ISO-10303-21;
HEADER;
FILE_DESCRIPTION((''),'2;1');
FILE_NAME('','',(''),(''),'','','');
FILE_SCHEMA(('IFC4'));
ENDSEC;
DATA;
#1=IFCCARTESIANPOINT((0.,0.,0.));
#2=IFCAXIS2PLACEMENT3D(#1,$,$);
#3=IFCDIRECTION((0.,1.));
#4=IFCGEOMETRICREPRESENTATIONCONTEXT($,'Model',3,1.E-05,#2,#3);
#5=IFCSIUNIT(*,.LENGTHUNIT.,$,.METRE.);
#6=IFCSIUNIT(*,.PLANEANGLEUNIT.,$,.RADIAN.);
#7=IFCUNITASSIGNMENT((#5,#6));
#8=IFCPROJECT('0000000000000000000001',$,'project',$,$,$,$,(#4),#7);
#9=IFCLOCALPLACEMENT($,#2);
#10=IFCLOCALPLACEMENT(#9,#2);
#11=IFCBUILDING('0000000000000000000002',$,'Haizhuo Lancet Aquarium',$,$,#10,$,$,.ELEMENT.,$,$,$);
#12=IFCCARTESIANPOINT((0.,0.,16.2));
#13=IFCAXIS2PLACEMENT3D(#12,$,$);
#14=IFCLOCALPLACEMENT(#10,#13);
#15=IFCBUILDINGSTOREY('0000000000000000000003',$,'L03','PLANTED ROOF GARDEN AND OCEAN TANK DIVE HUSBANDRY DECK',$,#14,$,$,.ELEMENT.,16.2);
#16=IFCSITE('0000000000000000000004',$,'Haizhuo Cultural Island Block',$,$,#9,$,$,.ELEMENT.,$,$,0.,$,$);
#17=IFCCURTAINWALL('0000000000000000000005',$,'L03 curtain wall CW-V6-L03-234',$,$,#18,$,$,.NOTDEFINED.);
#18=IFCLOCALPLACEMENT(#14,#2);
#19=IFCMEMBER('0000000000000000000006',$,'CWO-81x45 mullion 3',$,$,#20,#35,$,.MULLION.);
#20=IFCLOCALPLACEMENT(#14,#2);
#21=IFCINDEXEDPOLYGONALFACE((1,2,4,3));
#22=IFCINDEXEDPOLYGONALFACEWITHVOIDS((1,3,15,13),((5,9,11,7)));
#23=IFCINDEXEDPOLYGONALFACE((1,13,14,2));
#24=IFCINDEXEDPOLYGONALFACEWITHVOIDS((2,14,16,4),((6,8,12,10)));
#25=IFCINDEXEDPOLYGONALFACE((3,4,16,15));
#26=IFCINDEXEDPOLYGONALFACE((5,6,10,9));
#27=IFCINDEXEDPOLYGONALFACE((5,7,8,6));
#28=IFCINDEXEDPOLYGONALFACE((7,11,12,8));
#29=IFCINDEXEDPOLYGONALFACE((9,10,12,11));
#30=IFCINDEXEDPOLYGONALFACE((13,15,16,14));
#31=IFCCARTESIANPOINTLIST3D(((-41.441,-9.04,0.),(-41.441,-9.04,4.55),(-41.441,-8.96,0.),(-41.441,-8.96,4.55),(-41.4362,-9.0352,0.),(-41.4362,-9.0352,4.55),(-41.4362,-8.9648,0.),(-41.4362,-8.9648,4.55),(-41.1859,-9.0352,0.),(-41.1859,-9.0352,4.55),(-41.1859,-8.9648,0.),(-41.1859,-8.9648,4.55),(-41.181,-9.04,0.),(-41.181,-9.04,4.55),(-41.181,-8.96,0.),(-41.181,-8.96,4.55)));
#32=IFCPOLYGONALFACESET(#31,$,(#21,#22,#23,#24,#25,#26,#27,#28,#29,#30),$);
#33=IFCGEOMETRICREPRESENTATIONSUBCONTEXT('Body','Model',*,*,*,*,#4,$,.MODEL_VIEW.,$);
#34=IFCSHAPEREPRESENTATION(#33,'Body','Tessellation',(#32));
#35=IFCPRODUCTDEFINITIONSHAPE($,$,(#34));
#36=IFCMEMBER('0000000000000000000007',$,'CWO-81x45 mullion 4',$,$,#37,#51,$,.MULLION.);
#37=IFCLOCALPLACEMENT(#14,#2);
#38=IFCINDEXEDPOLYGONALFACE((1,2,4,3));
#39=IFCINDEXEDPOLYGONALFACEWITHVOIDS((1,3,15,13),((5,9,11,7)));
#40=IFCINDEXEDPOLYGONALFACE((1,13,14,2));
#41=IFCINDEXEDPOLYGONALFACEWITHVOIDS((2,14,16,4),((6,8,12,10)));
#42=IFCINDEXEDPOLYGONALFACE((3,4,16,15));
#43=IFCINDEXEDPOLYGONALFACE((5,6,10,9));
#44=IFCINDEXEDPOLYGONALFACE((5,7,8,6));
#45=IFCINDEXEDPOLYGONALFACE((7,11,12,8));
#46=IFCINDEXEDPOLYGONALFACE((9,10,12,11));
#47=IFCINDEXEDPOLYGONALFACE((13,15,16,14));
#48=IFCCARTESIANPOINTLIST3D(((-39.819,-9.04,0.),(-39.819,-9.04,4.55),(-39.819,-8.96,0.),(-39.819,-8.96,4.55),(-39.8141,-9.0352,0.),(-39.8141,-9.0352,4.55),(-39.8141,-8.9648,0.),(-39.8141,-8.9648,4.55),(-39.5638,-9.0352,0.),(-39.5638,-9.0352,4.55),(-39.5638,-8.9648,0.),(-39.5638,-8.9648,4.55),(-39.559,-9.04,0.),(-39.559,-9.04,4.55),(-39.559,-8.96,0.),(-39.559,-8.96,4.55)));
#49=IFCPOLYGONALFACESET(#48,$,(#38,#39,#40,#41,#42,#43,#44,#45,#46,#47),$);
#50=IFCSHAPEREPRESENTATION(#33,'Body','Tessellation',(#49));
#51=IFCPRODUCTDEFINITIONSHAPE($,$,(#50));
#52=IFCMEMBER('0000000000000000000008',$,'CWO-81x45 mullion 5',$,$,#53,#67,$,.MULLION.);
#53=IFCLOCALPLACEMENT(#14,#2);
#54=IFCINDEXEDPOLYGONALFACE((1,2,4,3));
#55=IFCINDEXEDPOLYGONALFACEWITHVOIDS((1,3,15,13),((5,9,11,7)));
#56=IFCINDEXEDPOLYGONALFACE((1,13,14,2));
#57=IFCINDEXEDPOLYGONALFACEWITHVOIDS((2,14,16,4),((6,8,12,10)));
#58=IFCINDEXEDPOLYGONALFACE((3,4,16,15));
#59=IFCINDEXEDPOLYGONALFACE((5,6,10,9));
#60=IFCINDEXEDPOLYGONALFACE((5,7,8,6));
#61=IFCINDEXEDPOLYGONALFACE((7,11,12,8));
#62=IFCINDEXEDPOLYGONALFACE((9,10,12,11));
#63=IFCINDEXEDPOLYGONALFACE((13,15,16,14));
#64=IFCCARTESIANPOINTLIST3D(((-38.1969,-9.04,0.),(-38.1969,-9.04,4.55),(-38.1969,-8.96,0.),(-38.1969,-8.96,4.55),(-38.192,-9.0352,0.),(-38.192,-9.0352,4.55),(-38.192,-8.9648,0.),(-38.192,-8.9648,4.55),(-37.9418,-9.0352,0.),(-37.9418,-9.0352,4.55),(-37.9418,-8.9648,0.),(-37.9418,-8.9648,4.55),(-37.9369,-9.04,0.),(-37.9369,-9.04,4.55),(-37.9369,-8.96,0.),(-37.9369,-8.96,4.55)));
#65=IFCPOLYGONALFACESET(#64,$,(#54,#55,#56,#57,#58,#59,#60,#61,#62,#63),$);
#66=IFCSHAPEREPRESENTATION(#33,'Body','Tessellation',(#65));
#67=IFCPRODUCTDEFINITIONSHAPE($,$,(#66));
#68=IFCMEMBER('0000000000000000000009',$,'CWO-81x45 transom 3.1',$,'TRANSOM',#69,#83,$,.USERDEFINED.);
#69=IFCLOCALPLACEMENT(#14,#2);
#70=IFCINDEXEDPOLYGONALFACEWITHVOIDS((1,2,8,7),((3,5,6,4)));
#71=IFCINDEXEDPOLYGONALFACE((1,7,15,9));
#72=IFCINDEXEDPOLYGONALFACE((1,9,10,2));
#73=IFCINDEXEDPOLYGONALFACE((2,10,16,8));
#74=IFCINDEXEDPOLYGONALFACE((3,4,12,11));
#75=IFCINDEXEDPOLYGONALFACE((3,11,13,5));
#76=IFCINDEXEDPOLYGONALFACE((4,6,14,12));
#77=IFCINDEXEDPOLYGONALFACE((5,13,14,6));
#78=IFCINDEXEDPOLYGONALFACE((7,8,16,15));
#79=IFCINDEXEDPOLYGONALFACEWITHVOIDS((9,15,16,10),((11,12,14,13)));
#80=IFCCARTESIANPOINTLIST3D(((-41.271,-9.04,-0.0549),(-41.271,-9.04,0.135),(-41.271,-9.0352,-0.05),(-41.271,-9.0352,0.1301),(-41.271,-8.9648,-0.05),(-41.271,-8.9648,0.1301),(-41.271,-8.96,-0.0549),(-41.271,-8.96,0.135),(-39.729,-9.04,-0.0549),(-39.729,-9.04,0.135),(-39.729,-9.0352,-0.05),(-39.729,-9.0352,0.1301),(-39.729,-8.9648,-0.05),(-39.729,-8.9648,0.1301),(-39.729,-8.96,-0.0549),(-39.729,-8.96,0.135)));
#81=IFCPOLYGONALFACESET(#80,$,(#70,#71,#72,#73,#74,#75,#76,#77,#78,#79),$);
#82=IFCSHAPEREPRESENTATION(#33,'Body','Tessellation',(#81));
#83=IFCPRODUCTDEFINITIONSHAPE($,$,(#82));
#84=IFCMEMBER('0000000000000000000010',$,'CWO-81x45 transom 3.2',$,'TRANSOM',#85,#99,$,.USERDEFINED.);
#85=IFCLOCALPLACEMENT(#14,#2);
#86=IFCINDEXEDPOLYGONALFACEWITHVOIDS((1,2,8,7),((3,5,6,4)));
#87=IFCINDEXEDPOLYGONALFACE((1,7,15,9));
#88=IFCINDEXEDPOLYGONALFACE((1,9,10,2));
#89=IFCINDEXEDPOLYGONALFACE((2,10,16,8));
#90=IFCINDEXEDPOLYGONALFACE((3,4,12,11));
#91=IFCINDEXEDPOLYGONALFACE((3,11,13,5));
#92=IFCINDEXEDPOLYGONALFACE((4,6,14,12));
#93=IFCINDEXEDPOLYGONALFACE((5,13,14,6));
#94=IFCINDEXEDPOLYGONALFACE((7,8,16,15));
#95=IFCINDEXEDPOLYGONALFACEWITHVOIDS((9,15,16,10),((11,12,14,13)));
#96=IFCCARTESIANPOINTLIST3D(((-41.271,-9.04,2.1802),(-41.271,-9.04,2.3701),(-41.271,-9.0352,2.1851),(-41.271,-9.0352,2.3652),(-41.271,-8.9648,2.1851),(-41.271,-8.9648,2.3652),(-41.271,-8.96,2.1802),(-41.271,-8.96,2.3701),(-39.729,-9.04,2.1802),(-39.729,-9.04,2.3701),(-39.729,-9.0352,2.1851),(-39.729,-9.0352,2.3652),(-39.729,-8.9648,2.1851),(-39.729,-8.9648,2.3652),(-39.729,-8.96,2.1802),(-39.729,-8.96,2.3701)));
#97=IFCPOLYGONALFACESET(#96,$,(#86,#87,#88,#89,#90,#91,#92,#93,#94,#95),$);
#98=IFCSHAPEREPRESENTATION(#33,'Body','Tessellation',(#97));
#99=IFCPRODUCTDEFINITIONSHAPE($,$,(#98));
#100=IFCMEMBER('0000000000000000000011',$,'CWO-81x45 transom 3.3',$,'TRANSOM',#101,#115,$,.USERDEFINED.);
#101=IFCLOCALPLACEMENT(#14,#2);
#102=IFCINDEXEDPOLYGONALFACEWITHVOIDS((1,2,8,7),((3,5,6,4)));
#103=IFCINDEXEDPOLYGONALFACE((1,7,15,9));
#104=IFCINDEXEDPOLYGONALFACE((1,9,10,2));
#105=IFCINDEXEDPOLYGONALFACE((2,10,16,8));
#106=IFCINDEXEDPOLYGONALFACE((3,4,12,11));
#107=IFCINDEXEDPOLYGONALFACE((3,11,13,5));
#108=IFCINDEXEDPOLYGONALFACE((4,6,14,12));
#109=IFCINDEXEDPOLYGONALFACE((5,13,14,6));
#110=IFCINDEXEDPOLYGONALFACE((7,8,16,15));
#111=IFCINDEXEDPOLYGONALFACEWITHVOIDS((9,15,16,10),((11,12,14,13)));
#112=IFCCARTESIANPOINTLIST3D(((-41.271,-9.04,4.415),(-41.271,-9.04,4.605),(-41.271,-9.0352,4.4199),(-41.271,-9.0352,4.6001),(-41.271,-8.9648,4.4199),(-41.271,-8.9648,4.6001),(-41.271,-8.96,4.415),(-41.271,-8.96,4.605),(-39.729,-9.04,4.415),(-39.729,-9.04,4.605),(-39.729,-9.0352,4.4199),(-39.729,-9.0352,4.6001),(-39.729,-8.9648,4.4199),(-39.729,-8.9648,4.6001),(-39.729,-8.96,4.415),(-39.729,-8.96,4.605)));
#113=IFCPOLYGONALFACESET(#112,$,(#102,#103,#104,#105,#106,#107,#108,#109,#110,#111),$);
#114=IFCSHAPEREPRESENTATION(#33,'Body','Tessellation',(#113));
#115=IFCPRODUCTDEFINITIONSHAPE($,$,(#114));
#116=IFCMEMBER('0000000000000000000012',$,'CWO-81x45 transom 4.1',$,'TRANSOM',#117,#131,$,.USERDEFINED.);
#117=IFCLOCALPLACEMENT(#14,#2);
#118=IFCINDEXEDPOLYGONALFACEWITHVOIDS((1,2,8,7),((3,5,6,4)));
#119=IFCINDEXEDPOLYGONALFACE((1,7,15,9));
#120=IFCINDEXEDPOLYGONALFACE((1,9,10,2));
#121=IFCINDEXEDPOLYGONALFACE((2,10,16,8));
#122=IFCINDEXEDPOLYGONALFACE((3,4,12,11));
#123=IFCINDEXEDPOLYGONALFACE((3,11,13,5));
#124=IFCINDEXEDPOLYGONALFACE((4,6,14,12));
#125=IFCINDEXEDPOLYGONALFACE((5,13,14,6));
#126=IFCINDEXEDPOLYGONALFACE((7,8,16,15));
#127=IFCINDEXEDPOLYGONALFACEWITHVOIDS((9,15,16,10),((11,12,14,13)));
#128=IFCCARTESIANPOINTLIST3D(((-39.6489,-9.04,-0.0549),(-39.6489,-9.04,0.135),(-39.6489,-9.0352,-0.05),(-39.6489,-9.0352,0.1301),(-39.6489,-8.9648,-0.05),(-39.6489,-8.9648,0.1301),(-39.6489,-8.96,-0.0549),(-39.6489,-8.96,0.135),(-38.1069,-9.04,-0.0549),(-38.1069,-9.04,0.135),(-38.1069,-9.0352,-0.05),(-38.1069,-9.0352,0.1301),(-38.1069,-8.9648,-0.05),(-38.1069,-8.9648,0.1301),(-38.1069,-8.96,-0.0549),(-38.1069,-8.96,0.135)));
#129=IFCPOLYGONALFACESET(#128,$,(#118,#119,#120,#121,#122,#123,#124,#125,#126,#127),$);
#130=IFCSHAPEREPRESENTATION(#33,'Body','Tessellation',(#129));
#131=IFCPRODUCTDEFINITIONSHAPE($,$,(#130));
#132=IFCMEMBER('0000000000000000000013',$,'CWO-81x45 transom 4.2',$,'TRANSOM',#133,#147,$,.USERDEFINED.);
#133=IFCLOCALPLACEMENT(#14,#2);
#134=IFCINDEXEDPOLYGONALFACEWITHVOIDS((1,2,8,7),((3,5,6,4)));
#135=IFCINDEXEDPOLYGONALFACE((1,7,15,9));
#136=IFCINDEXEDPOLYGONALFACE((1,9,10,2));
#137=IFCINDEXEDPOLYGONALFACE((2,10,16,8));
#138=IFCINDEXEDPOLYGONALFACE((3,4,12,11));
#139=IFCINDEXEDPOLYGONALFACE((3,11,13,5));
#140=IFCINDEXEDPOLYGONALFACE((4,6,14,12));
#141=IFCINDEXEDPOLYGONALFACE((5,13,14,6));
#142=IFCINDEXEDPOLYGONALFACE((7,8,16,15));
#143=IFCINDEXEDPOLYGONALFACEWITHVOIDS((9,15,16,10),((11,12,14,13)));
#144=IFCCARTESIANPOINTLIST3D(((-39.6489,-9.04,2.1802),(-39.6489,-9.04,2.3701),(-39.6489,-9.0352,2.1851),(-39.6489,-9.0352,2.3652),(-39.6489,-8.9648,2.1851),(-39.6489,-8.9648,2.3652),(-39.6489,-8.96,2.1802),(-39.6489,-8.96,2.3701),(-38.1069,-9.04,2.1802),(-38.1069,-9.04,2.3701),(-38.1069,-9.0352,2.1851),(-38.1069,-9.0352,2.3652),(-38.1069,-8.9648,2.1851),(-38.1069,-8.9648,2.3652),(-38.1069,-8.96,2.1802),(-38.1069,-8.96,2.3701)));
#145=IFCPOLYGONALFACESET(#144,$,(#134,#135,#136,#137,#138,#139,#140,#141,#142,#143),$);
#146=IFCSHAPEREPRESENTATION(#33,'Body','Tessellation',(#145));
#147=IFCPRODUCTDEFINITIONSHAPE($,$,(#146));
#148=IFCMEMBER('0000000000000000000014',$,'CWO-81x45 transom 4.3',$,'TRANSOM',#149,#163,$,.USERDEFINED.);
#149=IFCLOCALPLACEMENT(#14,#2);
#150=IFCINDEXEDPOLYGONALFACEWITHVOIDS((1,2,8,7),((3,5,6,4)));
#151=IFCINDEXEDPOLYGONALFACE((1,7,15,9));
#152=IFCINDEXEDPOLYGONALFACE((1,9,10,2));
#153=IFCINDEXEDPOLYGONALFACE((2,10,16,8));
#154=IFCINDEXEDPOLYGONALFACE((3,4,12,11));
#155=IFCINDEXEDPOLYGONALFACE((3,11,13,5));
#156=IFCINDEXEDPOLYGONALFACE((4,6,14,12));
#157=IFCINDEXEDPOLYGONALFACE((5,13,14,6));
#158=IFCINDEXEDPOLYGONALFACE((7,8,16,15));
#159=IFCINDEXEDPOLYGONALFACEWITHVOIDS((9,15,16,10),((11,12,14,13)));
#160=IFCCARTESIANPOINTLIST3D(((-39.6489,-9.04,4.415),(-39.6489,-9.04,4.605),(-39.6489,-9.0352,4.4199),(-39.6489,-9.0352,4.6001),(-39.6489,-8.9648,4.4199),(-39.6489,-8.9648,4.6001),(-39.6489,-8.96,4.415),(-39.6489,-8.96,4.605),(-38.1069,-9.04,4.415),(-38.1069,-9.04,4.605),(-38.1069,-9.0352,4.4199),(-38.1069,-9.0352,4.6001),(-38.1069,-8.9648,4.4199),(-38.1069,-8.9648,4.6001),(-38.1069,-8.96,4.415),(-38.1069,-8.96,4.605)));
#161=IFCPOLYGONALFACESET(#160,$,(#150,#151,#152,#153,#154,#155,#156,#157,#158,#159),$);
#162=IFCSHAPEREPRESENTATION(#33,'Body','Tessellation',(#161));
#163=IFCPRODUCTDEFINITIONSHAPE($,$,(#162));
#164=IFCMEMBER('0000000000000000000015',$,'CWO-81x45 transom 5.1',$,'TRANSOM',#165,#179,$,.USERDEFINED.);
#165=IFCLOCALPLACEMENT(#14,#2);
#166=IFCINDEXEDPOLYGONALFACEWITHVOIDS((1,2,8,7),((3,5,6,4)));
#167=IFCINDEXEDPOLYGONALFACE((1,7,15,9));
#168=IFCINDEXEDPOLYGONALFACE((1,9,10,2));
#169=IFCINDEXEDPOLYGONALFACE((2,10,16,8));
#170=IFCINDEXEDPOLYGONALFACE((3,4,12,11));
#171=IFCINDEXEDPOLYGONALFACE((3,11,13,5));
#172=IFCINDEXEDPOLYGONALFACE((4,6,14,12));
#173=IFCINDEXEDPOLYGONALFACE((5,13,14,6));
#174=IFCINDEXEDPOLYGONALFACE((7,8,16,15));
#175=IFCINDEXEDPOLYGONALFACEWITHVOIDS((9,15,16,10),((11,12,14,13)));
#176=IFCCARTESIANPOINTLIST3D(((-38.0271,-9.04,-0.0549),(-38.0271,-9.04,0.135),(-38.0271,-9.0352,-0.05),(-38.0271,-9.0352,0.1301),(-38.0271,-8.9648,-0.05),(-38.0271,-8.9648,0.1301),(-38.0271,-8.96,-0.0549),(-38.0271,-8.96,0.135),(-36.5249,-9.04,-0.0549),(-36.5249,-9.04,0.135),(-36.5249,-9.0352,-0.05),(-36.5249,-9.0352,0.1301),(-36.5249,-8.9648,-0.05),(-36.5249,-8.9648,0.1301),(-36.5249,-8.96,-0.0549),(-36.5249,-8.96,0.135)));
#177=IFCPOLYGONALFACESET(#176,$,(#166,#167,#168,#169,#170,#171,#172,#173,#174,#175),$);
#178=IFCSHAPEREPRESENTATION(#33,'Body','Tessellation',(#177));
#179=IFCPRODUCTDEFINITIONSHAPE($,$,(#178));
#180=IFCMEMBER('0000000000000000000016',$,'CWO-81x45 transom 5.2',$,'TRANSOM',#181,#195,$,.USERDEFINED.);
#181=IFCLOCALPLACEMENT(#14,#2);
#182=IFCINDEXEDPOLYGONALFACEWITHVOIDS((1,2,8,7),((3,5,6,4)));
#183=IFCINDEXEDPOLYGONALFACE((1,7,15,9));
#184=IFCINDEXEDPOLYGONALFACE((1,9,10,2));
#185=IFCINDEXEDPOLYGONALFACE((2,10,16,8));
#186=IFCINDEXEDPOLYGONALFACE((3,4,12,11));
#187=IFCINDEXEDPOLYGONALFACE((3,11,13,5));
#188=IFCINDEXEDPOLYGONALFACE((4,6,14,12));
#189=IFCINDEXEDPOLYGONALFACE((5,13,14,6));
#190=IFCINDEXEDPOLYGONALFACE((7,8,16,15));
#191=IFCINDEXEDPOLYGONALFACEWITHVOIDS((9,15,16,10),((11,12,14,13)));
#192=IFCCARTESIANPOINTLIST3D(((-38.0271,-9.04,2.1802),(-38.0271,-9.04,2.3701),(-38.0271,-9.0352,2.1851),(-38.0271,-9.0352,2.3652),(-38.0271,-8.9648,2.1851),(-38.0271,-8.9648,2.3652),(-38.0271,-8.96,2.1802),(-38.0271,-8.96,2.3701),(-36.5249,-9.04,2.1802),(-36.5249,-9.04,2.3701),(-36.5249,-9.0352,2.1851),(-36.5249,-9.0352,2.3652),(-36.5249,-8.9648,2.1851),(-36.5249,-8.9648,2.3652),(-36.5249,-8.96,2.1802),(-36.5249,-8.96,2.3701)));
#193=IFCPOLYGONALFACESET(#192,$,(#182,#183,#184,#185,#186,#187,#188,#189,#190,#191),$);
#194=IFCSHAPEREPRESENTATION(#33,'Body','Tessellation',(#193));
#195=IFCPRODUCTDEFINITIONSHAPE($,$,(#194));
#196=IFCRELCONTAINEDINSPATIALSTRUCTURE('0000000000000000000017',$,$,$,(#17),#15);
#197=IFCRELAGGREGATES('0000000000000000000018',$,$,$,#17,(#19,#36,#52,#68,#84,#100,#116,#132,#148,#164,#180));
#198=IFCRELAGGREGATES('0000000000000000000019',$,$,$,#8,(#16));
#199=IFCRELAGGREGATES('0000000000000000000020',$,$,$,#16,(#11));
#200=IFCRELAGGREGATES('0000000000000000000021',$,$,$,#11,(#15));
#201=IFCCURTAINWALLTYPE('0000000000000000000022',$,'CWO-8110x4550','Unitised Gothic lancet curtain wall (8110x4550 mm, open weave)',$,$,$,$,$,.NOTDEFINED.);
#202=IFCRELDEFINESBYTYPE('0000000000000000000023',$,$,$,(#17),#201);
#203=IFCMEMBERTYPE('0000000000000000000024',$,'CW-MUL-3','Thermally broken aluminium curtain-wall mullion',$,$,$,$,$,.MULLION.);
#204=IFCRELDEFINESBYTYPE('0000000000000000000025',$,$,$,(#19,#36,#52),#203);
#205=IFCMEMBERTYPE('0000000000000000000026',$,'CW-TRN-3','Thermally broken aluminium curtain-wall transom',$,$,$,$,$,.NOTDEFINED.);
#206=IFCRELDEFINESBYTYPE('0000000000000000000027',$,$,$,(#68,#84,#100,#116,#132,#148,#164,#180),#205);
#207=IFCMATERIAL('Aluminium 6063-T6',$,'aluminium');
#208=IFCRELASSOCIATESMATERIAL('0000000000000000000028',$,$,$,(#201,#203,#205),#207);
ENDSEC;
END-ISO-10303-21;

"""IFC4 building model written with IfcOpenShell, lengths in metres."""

from ifc_helpers import new_model, si_unit, direction, frame, origin, origin_2d, place, context, subcontext, project, spatial, hollow_rectangle, extrude, material, material_profile, profile_set, type_object, element, aggregate, save


model = new_model("IFC4")

# Units and contexts
model_context = context("Model", 3, precision=1e-05, world=origin(), true_north=direction((0.0, 1.0)))
body_context = subcontext(model_context, "Body", "Model", "MODEL_VIEW")
ifc_project = project(units=[si_unit("LENGTHUNIT", "METRE"), si_unit("PLANEANGLEUNIT", "RADIAN")], contexts=[model_context])

# Site, building, storey
site_placement = place(None, origin())
site = spatial("IfcSite", under=ifc_project, at=site_placement, Name="Haizhuo Cultural Island Block", CompositionType="ELEMENT", RefElevation=0.0)
building_placement = place(site_placement, origin())
building = spatial("IfcBuilding", under=site, at=building_placement, Name="Haizhuo Lancet Aquarium", CompositionType="ELEMENT")
storey_placement = place(building_placement, frame((0.0, 0.0, 16.2)))
storey = spatial("IfcBuildingStorey", under=building, at=storey_placement, Name="L03", Description="PLANTED ROOF GARDEN AND OCEAN TANK DIVE HUSBANDRY DECK", CompositionType="ELEMENT", Elevation=16.2)

# Curtain wall, members
ifc_material_1 = material(Name="Aluminium 6063-T6", Category="aluminium")
curtain_wall_type = type_object("IfcCurtainWallType", Name="CWO-8110x4550", Description="Unitised Gothic lancet curtain wall (8110x4550 mm, open weave)", PredefinedType="NOTDEFINED", material=ifc_material_1)
curtain_wall_placement = place(storey_placement, origin())
curtain_wall = element("IfcCurtainWall", 1, at=curtain_wall_placement, inside=storey, type_object=curtain_wall_type, Name="L03 curtain wall CW-V6-L03-234", PredefinedType="NOTDEFINED")
ifc_material_profile_1 = material_profile(ifc_material_1, hollow_rectangle(XDim=0.0801, YDim=0.26, WallThickness=0.0049, at=origin_2d()), Name="ALU-M 80x260x5")
ifc_profile_set_1 = profile_set([ifc_material_profile_1], Name="Aluminium 6063-T6")
member_type_1 = type_object("IfcMemberType", Name="CW-MUL-3", Description="Thermally broken aluminium curtain-wall mullion", PredefinedType="MULLION", material=ifc_profile_set_1)
member_1_placement = place(storey_placement, frame((-41.311, -9.0, 0.0), z_axis=(0.0, 0.0, 1.0), x_axis=(0.0, 1.0, 0.0)))
member_1 = element("IfcMember", 2, at=member_1_placement, type_object=member_type_1, Name="CWO-81x45 mullion 3", PredefinedType="MULLION", context=body_context, shape_type="SweptSolid", body=[
    extrude(hollow_rectangle(XDim=0.0801, YDim=0.26, WallThickness=0.0049, at=origin_2d()), origin(), (0.0, 0.0, 1.0), 4.55),
])
member_2_placement = place(storey_placement, frame((-39.689, -9.0, 0.0), z_axis=(0.0, 0.0, 1.0), x_axis=(0.0, 1.0, 0.0)))
member_2 = element("IfcMember", 3, at=member_2_placement, type_object=member_type_1, Name="CWO-81x45 mullion 4", PredefinedType="MULLION", context=body_context, shape_type="SweptSolid", body=[
    extrude(hollow_rectangle(XDim=0.0801, YDim=0.26, WallThickness=0.0049, at=origin_2d()), origin(), (0.0, 0.0, 1.0), 4.55),
])
member_3_placement = place(storey_placement, frame((-38.0669, -9.0, 0.0), z_axis=(0.0, 0.0, 1.0), x_axis=(0.0, 1.0, 0.0)))
member_3 = element("IfcMember", 4, at=member_3_placement, type_object=member_type_1, Name="CWO-81x45 mullion 5", PredefinedType="MULLION", context=body_context, shape_type="SweptSolid", body=[
    extrude(hollow_rectangle(XDim=0.0801, YDim=0.26, WallThickness=0.0049, at=origin_2d()), origin(), (0.0, 0.0, 1.0), 4.55),
])
ifc_material_profile_2 = material_profile(ifc_material_1, hollow_rectangle(XDim=0.0801, YDim=0.1899, WallThickness=0.0049, at=origin_2d()), Name="ALU-T 80x190x5")
ifc_profile_set_2 = profile_set([ifc_material_profile_2], Name="Aluminium 6063-T6")
member_type_2 = type_object("IfcMemberType", Name="CW-TRN-3", Description="Thermally broken aluminium curtain-wall transom", PredefinedType="NOTDEFINED", material=ifc_profile_set_2)
member_4_placement = place(storey_placement, frame((-41.271, -9.0, 0.04), z_axis=(1.0, 0.0, 0.0), x_axis=(0.0, 1.0, 0.0)))
member_4 = element("IfcMember", 5, at=member_4_placement, type_object=member_type_2, Name="CWO-81x45 transom 3.1", ObjectType="TRANSOM", PredefinedType="USERDEFINED", context=body_context, shape_type="SweptSolid", body=[
    extrude(hollow_rectangle(XDim=0.0801, YDim=0.1899, WallThickness=0.0049, at=origin_2d()), origin(), (0.0, 0.0, 1.0), 1.542),
])
member_5_placement = place(storey_placement, frame((-41.271, -9.0, 2.2751), z_axis=(1.0, 0.0, 0.0), x_axis=(0.0, 1.0, 0.0)))
member_5 = element("IfcMember", 6, at=member_5_placement, type_object=member_type_2, Name="CWO-81x45 transom 3.2", ObjectType="TRANSOM", PredefinedType="USERDEFINED", context=body_context, shape_type="SweptSolid", body=[
    extrude(hollow_rectangle(XDim=0.0801, YDim=0.1899, WallThickness=0.0049, at=origin_2d()), origin(), (0.0, 0.0, 1.0), 1.542),
])
member_6_placement = place(storey_placement, frame((-41.271, -9.0, 4.51), z_axis=(1.0, 0.0, 0.0), x_axis=(0.0, 1.0, 0.0)))
member_6 = element("IfcMember", 7, at=member_6_placement, type_object=member_type_2, Name="CWO-81x45 transom 3.3", ObjectType="TRANSOM", PredefinedType="USERDEFINED", context=body_context, shape_type="SweptSolid", body=[
    extrude(hollow_rectangle(XDim=0.0801, YDim=0.1899, WallThickness=0.0049, at=origin_2d()), origin(), (0.0, 0.0, 1.0), 1.542),
])
member_7_placement = place(storey_placement, frame((-39.6489, -9.0, 0.04), z_axis=(1.0, 0.0, 0.0), x_axis=(0.0, 1.0, 0.0)))
member_7 = element("IfcMember", 8, at=member_7_placement, type_object=member_type_2, Name="CWO-81x45 transom 4.1", ObjectType="TRANSOM", PredefinedType="USERDEFINED", context=body_context, shape_type="SweptSolid", body=[
    extrude(hollow_rectangle(XDim=0.0801, YDim=0.1899, WallThickness=0.0049, at=origin_2d()), origin(), (0.0, 0.0, 1.0), 1.542),
])
member_8_placement = place(storey_placement, frame((-39.6489, -9.0, 2.2751), z_axis=(1.0, 0.0, 0.0), x_axis=(0.0, 1.0, 0.0)))
member_8 = element("IfcMember", 9, at=member_8_placement, type_object=member_type_2, Name="CWO-81x45 transom 4.2", ObjectType="TRANSOM", PredefinedType="USERDEFINED", context=body_context, shape_type="SweptSolid", body=[
    extrude(hollow_rectangle(XDim=0.0801, YDim=0.1899, WallThickness=0.0049, at=origin_2d()), origin(), (0.0, 0.0, 1.0), 1.542),
])
member_9_placement = place(storey_placement, frame((-39.6489, -9.0, 4.51), z_axis=(1.0, 0.0, 0.0), x_axis=(0.0, 1.0, 0.0)))
member_9 = element("IfcMember", 10, at=member_9_placement, type_object=member_type_2, Name="CWO-81x45 transom 4.3", ObjectType="TRANSOM", PredefinedType="USERDEFINED", context=body_context, shape_type="SweptSolid", body=[
    extrude(hollow_rectangle(XDim=0.0801, YDim=0.1899, WallThickness=0.0049, at=origin_2d()), origin(), (0.0, 0.0, 1.0), 1.542),
])
member_10_placement = place(storey_placement, frame((-38.0271, -9.0, 0.04), z_axis=(1.0, 0.0, 0.0), x_axis=(0.0, 1.0, 0.0)))
member_10 = element("IfcMember", 11, at=member_10_placement, type_object=member_type_2, Name="CWO-81x45 transom 5.1", ObjectType="TRANSOM", PredefinedType="USERDEFINED", context=body_context, shape_type="SweptSolid", body=[
    extrude(hollow_rectangle(XDim=0.0801, YDim=0.1899, WallThickness=0.0049, at=origin_2d()), origin(), (0.0, 0.0, 1.0), 1.5022),
])
member_11_placement = place(storey_placement, frame((-38.0271, -9.0, 2.2751), z_axis=(1.0, 0.0, 0.0), x_axis=(0.0, 1.0, 0.0)))
member_11 = element("IfcMember", 12, at=member_11_placement, type_object=member_type_2, Name="CWO-81x45 transom 5.2", ObjectType="TRANSOM", PredefinedType="USERDEFINED", context=body_context, shape_type="SweptSolid", body=[
    extrude(hollow_rectangle(XDim=0.0801, YDim=0.1899, WallThickness=0.0049, at=origin_2d()), origin(), (0.0, 0.0, 1.0), 1.5022),
])

aggregate(curtain_wall, [member_1, member_2, member_3, member_4, member_5, member_6, member_7, member_8, member_9, member_10, member_11])

save(model, "model.ifc")
